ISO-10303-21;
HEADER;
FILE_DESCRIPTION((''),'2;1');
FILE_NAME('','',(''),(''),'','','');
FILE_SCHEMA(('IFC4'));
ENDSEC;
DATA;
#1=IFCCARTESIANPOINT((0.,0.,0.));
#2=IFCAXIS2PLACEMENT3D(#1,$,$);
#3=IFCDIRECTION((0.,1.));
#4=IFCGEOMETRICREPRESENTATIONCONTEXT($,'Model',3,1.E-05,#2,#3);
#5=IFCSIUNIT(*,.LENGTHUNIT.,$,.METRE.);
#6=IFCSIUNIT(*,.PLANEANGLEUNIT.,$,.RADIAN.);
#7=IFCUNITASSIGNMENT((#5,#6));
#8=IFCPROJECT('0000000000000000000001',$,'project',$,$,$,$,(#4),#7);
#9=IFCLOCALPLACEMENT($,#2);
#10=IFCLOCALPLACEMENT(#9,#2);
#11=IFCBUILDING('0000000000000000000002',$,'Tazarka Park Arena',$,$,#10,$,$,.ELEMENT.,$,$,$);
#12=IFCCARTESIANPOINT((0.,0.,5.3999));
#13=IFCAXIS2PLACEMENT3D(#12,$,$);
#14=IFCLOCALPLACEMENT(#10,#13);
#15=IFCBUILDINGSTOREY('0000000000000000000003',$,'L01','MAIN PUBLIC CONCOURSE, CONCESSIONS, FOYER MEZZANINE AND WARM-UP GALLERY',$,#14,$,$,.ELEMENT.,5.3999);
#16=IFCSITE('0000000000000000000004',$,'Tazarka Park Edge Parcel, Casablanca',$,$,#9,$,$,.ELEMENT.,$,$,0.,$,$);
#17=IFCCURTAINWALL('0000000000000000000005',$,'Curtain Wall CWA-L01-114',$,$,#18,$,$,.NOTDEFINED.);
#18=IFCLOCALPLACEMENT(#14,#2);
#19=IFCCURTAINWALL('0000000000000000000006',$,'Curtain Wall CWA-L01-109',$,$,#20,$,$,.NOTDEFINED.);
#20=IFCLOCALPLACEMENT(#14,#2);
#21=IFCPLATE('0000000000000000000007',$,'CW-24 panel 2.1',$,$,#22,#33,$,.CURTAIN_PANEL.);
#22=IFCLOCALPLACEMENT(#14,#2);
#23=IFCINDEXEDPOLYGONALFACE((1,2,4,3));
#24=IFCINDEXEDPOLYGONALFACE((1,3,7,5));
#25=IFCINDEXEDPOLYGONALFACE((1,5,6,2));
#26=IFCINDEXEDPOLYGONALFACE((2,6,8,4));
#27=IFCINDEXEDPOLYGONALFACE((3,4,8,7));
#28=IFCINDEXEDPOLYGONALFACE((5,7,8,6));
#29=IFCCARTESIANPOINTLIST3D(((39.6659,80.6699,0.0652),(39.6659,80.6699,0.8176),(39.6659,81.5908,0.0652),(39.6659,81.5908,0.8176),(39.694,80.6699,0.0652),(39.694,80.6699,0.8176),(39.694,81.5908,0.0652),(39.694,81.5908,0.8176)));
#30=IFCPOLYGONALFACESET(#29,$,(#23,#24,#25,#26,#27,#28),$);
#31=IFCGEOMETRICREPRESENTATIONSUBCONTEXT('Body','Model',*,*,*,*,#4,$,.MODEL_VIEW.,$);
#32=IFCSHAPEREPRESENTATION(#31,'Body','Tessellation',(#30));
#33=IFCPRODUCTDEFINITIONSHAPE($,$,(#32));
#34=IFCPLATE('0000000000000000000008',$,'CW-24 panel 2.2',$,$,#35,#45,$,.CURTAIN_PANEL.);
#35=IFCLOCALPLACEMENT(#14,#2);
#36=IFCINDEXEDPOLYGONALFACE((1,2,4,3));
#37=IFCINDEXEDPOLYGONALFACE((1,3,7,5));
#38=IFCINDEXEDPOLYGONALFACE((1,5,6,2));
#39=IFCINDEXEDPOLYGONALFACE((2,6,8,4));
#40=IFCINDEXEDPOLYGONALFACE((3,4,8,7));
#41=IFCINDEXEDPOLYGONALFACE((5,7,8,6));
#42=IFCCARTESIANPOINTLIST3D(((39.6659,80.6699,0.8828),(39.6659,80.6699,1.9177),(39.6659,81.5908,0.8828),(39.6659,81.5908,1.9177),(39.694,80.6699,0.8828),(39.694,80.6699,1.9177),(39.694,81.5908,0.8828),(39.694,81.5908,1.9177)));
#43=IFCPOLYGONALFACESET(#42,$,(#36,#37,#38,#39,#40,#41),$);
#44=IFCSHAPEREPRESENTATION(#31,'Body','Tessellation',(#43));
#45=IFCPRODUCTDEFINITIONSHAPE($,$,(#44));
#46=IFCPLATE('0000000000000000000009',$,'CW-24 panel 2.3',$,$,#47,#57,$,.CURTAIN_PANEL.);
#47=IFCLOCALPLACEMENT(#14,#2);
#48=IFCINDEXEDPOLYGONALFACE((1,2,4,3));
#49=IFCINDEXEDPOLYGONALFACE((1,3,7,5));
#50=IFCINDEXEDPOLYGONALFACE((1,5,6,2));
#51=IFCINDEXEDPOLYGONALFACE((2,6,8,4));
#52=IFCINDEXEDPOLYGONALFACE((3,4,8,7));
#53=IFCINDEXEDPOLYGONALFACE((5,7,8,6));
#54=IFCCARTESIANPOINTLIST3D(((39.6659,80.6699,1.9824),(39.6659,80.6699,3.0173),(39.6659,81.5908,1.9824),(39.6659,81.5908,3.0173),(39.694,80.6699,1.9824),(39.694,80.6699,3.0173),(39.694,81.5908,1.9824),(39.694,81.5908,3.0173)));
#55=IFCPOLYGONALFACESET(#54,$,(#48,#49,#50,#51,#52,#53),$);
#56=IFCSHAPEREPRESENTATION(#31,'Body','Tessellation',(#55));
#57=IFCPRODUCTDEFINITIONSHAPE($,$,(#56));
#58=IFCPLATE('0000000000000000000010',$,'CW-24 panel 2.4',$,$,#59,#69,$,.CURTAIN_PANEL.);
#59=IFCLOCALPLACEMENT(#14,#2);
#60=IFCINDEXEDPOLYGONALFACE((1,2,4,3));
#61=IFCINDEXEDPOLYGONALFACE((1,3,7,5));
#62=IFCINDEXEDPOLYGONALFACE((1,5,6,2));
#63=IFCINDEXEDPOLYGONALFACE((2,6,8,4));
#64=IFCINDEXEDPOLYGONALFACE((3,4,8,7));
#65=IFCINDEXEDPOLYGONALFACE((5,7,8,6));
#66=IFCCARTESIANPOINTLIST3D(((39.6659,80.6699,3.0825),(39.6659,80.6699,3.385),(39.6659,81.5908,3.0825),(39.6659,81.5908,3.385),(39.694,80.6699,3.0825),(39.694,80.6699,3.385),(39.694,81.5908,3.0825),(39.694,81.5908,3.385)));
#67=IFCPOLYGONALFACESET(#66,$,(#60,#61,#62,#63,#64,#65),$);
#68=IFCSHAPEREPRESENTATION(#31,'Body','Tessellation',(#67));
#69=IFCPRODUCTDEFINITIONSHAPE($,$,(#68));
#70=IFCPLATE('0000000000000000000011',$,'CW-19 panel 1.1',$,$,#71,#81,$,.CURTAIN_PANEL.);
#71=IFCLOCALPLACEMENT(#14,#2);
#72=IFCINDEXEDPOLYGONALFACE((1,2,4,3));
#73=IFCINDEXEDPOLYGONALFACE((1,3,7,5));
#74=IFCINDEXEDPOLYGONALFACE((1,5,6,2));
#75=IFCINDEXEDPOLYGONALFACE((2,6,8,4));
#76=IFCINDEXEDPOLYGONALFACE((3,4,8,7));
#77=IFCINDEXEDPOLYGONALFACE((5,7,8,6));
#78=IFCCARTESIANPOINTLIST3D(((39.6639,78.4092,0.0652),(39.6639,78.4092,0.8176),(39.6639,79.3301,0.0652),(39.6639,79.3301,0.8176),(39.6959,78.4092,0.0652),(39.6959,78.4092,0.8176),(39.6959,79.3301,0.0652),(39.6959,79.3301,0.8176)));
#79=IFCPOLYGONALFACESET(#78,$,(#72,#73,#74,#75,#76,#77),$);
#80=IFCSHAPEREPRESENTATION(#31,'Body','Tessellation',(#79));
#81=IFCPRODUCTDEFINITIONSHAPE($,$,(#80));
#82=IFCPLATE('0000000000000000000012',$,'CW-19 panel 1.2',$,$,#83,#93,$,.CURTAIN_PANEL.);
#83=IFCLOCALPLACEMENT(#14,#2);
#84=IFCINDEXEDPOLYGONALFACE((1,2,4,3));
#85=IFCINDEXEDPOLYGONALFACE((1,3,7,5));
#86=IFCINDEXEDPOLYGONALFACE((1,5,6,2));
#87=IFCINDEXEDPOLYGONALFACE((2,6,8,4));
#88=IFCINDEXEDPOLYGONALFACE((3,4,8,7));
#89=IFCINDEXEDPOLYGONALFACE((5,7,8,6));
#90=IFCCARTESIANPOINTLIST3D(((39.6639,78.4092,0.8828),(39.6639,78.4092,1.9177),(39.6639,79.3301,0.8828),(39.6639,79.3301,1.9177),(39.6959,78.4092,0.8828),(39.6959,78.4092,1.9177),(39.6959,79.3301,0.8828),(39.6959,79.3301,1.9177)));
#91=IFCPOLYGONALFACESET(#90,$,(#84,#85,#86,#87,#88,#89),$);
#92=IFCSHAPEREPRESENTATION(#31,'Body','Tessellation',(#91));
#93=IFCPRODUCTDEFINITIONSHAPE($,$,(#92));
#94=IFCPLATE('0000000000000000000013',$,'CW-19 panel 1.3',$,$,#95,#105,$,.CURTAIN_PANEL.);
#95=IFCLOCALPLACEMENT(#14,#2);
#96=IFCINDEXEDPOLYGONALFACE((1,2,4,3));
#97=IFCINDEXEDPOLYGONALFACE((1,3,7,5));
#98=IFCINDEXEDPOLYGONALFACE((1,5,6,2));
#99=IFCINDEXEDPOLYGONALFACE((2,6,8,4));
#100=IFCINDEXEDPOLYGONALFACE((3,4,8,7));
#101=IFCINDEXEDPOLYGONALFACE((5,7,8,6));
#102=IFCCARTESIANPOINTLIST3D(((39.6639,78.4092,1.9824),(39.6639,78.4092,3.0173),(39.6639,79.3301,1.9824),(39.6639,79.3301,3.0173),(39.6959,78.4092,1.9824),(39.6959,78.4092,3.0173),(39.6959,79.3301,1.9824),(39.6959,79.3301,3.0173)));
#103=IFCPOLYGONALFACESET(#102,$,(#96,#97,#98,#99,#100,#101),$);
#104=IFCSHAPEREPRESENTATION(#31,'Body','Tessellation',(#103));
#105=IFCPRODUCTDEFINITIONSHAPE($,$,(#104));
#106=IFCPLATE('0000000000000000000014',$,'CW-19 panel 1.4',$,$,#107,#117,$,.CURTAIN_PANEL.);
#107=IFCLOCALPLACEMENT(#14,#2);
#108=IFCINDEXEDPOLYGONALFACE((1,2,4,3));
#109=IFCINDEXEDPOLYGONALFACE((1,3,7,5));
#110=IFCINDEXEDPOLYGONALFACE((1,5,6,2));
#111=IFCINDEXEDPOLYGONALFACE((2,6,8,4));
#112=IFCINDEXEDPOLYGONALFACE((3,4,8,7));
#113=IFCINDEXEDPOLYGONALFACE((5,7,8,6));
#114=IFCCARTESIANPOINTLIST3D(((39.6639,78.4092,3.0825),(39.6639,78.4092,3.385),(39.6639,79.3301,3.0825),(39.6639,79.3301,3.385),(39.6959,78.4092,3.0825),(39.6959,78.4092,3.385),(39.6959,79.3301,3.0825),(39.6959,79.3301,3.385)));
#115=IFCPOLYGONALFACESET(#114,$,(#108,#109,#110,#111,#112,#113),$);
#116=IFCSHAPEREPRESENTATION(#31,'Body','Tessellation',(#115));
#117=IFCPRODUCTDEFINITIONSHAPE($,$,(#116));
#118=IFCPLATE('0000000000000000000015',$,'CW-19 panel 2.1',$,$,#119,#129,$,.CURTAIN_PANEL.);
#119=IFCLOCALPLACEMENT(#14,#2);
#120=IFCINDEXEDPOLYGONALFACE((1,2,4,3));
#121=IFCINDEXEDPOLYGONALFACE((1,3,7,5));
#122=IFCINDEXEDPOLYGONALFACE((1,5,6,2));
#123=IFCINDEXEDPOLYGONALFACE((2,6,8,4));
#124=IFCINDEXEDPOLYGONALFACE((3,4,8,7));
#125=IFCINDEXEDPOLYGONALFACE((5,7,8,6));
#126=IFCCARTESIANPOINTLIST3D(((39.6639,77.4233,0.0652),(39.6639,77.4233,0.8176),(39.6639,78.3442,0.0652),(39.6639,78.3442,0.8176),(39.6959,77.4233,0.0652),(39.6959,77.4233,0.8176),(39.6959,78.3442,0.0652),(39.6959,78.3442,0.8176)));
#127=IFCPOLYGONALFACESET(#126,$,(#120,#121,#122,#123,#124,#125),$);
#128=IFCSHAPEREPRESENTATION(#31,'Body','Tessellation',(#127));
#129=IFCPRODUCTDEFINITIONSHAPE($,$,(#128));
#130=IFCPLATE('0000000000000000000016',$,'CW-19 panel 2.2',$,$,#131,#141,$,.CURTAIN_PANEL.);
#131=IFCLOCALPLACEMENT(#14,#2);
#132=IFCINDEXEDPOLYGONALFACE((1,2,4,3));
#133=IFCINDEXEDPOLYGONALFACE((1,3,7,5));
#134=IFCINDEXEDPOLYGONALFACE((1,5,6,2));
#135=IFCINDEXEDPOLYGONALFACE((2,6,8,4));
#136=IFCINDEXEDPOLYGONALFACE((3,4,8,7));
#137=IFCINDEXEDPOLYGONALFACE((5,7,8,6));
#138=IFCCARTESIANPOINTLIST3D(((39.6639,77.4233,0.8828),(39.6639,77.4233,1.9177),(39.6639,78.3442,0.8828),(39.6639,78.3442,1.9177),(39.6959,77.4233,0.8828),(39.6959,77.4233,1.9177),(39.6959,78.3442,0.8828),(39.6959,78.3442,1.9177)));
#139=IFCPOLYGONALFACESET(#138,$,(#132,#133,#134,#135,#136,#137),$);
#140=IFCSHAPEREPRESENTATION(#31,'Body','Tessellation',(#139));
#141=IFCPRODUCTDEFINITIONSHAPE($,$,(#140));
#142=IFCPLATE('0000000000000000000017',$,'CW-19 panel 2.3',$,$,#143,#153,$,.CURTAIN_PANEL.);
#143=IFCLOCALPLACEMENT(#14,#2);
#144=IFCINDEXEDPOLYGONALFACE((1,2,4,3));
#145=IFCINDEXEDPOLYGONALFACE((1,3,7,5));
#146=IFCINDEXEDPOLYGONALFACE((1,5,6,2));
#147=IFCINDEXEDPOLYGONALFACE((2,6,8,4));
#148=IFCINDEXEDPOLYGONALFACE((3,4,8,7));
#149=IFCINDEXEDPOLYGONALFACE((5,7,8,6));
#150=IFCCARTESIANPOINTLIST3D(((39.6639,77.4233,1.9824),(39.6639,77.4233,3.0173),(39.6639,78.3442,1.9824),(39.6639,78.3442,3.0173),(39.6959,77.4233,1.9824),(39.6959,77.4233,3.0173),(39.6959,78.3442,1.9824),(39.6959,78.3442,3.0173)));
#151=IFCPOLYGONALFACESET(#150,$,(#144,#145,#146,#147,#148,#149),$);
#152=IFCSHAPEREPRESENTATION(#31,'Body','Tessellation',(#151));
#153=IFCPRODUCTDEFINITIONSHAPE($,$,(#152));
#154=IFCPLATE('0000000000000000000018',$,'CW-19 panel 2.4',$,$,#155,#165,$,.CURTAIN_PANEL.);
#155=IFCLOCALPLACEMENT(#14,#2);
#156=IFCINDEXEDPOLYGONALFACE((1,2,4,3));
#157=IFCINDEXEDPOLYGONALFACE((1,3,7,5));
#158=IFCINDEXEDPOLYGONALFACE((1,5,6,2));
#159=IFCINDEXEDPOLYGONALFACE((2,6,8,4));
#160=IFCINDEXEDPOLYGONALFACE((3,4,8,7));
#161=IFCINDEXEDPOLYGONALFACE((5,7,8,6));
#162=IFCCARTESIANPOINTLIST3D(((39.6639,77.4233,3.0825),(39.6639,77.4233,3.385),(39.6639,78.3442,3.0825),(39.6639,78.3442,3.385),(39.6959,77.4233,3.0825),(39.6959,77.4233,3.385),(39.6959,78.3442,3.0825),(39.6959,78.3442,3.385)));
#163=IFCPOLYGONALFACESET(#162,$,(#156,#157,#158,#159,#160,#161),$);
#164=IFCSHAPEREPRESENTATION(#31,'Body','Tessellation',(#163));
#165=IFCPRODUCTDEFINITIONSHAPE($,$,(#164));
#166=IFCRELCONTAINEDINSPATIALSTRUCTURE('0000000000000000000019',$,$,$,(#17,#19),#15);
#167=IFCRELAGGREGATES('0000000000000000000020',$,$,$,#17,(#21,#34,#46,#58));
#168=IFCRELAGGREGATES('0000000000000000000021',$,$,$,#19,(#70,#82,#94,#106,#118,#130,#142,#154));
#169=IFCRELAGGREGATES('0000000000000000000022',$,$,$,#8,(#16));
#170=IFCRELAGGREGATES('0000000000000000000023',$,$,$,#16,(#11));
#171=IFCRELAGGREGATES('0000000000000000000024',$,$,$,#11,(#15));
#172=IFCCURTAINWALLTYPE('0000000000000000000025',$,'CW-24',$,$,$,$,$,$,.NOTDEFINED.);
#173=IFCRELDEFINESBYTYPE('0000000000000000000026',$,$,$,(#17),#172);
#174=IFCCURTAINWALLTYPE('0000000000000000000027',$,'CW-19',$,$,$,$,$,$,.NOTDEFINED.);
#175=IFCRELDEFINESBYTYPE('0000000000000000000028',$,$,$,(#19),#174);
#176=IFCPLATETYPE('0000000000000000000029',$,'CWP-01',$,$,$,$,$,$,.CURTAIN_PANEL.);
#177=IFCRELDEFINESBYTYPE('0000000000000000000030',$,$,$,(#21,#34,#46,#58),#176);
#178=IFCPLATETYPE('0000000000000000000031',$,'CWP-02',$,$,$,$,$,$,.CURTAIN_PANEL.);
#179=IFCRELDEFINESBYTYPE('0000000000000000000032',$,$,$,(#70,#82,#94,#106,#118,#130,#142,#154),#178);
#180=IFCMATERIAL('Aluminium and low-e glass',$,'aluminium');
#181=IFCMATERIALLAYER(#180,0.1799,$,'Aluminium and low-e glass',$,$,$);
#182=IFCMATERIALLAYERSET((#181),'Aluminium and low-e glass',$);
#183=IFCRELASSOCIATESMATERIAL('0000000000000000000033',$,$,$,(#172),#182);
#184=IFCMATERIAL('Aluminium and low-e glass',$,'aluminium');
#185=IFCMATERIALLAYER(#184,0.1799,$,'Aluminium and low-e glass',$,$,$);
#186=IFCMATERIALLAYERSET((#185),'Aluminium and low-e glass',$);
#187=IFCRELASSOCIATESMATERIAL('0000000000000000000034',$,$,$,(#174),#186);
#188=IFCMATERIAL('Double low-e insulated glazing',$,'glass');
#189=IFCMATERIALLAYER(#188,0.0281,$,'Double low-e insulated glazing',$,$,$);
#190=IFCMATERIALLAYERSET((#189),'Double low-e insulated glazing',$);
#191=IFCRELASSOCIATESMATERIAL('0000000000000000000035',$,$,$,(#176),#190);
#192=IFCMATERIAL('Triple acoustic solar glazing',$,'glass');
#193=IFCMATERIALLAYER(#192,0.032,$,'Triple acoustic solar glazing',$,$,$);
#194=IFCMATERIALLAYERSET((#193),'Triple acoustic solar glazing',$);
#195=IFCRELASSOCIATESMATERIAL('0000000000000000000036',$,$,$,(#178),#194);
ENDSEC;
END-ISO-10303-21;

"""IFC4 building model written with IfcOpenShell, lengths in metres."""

from ifc_helpers import new_model, si_unit, direction, frame, origin, origin_2d, place, context, subcontext, project, spatial, rectangle, extrude, material, layer, layer_set, type_object, element, aggregate, save


model = new_model("IFC4")

# Units and contexts
model_context = context("Model", 3, precision=1e-05, world=origin(), true_north=direction((0.0, 1.0)))
body_context = subcontext(model_context, "Body", "Model", "MODEL_VIEW")
ifc_project = project(units=[si_unit("LENGTHUNIT", "METRE"), si_unit("PLANEANGLEUNIT", "RADIAN")], contexts=[model_context])

# Site, building, storey
site_placement = place(None, origin())
site = spatial("IfcSite", under=ifc_project, at=site_placement, Name="Tazarka Park Edge Parcel, Casablanca", CompositionType="ELEMENT", RefElevation=0.0)
building_placement = place(site_placement, origin())
building = spatial("IfcBuilding", under=site, at=building_placement, Name="Tazarka Park Arena", CompositionType="ELEMENT")
storey_placement = place(building_placement, frame((0.0, 0.0, 5.3999)))
storey = spatial("IfcBuildingStorey", under=building, at=storey_placement, Name="L01", Description="MAIN PUBLIC CONCOURSE, CONCESSIONS, FOYER MEZZANINE AND WARM-UP GALLERY", CompositionType="ELEMENT", Elevation=5.3999)

# Curtain wall
ifc_material_1 = material(Name="Aluminium and low-e glass", Category="aluminium")
ifc_layer_1 = layer(ifc_material_1, 0.1799, Name="Aluminium and low-e glass")
ifc_layer_set_1 = layer_set([ifc_layer_1], Name="Aluminium and low-e glass")
curtain_wall_type_1 = type_object("IfcCurtainWallType", Name="CW-24", PredefinedType="NOTDEFINED", material=ifc_layer_set_1)
curtain_wall_1_placement = place(storey_placement, origin())
curtain_wall_1 = element("IfcCurtainWall", 1, at=curtain_wall_1_placement, inside=storey, type_object=curtain_wall_type_1, Name="Curtain Wall CWA-L01-114", PredefinedType="NOTDEFINED")

# Curtain wall
ifc_material_2 = material(Name="Aluminium and low-e glass", Category="aluminium")
ifc_layer_2 = layer(ifc_material_2, 0.1799, Name="Aluminium and low-e glass")
ifc_layer_set_2 = layer_set([ifc_layer_2], Name="Aluminium and low-e glass")
curtain_wall_type_2 = type_object("IfcCurtainWallType", Name="CW-19", PredefinedType="NOTDEFINED", material=ifc_layer_set_2)
curtain_wall_2_placement = place(storey_placement, origin())
curtain_wall_2 = element("IfcCurtainWall", 2, at=curtain_wall_2_placement, inside=storey, type_object=curtain_wall_type_2, Name="Curtain Wall CWA-L01-109", PredefinedType="NOTDEFINED")

# Plates
ifc_material_3 = material(Name="Double low-e insulated glazing", Category="glass")
ifc_layer_3 = layer(ifc_material_3, 0.0281, Name="Double low-e insulated glazing")
ifc_layer_set_3 = layer_set([ifc_layer_3], Name="Double low-e insulated glazing")
plate_type_1 = type_object("IfcPlateType", Name="CWP-01", PredefinedType="CURTAIN_PANEL", material=ifc_layer_set_3)
plate_1_placement = place(storey_placement, frame((39.6799, 81.1304, 0.0652), z_axis=(0.0, 0.0, 1.0), x_axis=(0.0, -1.0, 0.0)))
plate_1 = element("IfcPlate", 3, at=plate_1_placement, type_object=plate_type_1, Name="CW-24 panel 2.1", PredefinedType="CURTAIN_PANEL", context=body_context, shape_type="SweptSolid", body=[
    extrude(rectangle(XDim=0.9209, YDim=0.0281, at=origin_2d()), origin(), (0.0, 0.0, 1.0), 0.7524),
])
plate_2_placement = place(storey_placement, frame((39.6799, 81.1304, 0.8828), z_axis=(0.0, 0.0, 1.0), x_axis=(0.0, -1.0, 0.0)))
plate_2 = element("IfcPlate", 4, at=plate_2_placement, type_object=plate_type_1, Name="CW-24 panel 2.2", PredefinedType="CURTAIN_PANEL", context=body_context, shape_type="SweptSolid", body=[
    extrude(rectangle(XDim=0.9209, YDim=0.0281, at=origin_2d()), origin(), (0.0, 0.0, 1.0), 1.0349),
])
plate_3_placement = place(storey_placement, frame((39.6799, 81.1304, 1.9824), z_axis=(0.0, 0.0, 1.0), x_axis=(0.0, -1.0, 0.0)))
plate_3 = element("IfcPlate", 5, at=plate_3_placement, type_object=plate_type_1, Name="CW-24 panel 2.3", PredefinedType="CURTAIN_PANEL", context=body_context, shape_type="SweptSolid", body=[
    extrude(rectangle(XDim=0.9209, YDim=0.0281, at=origin_2d()), origin(), (0.0, 0.0, 1.0), 1.0349),
])
plate_4_placement = place(storey_placement, frame((39.6799, 81.1304, 3.0825), z_axis=(0.0, 0.0, 1.0), x_axis=(0.0, -1.0, 0.0)))
plate_4 = element("IfcPlate", 6, at=plate_4_placement, type_object=plate_type_1, Name="CW-24 panel 2.4", PredefinedType="CURTAIN_PANEL", context=body_context, shape_type="SweptSolid", body=[
    extrude(rectangle(XDim=0.9209, YDim=0.0281, at=origin_2d()), origin(), (0.0, 0.0, 1.0), 0.3025),
])
aggregate(curtain_wall_1, [plate_1, plate_2, plate_3, plate_4])
ifc_material_4 = material(Name="Triple acoustic solar glazing", Category="glass")
ifc_layer_4 = layer(ifc_material_4, 0.032, Name="Triple acoustic solar glazing")
ifc_layer_set_4 = layer_set([ifc_layer_4], Name="Triple acoustic solar glazing")
plate_type_2 = type_object("IfcPlateType", Name="CWP-02", PredefinedType="CURTAIN_PANEL", material=ifc_layer_set_4)
plate_5_placement = place(storey_placement, frame((39.6799, 78.8696, 0.0652), z_axis=(0.0, 0.0, 1.0), x_axis=(0.0, -1.0, 0.0)))
plate_5 = element("IfcPlate", 7, at=plate_5_placement, type_object=plate_type_2, Name="CW-19 panel 1.1", PredefinedType="CURTAIN_PANEL", context=body_context, shape_type="SweptSolid", body=[
    extrude(rectangle(XDim=0.9209, YDim=0.032, at=origin_2d()), origin(), (0.0, 0.0, 1.0), 0.7524),
])
plate_6_placement = place(storey_placement, frame((39.6799, 78.8696, 0.8828), z_axis=(0.0, 0.0, 1.0), x_axis=(0.0, -1.0, 0.0)))
plate_6 = element("IfcPlate", 8, at=plate_6_placement, type_object=plate_type_2, Name="CW-19 panel 1.2", PredefinedType="CURTAIN_PANEL", context=body_context, shape_type="SweptSolid", body=[
    extrude(rectangle(XDim=0.9209, YDim=0.032, at=origin_2d()), origin(), (0.0, 0.0, 1.0), 1.0349),
])
plate_7_placement = place(storey_placement, frame((39.6799, 78.8696, 1.9824), z_axis=(0.0, 0.0, 1.0), x_axis=(0.0, -1.0, 0.0)))
plate_7 = element("IfcPlate", 9, at=plate_7_placement, type_object=plate_type_2, Name="CW-19 panel 1.3", PredefinedType="CURTAIN_PANEL", context=body_context, shape_type="SweptSolid", body=[
    extrude(rectangle(XDim=0.9209, YDim=0.032, at=origin_2d()), origin(), (0.0, 0.0, 1.0), 1.0349),
])
plate_8_placement = place(storey_placement, frame((39.6799, 78.8696, 3.0825), z_axis=(0.0, 0.0, 1.0), x_axis=(0.0, -1.0, 0.0)))
plate_8 = element("IfcPlate", 10, at=plate_8_placement, type_object=plate_type_2, Name="CW-19 panel 1.4", PredefinedType="CURTAIN_PANEL", context=body_context, shape_type="SweptSolid", body=[
    extrude(rectangle(XDim=0.9209, YDim=0.032, at=origin_2d()), origin(), (0.0, 0.0, 1.0), 0.3025),
])
plate_9_placement = place(storey_placement, frame((39.6799, 77.8838, 0.0652), z_axis=(0.0, 0.0, 1.0), x_axis=(0.0, -1.0, 0.0)))
plate_9 = element("IfcPlate", 11, at=plate_9_placement, type_object=plate_type_2, Name="CW-19 panel 2.1", PredefinedType="CURTAIN_PANEL", context=body_context, shape_type="SweptSolid", body=[
    extrude(rectangle(XDim=0.9209, YDim=0.032, at=origin_2d()), origin(), (0.0, 0.0, 1.0), 0.7524),
])
plate_10_placement = place(storey_placement, frame((39.6799, 77.8838, 0.8828), z_axis=(0.0, 0.0, 1.0), x_axis=(0.0, -1.0, 0.0)))
plate_10 = element("IfcPlate", 12, at=plate_10_placement, type_object=plate_type_2, Name="CW-19 panel 2.2", PredefinedType="CURTAIN_PANEL", context=body_context, shape_type="SweptSolid", body=[
    extrude(rectangle(XDim=0.9209, YDim=0.032, at=origin_2d()), origin(), (0.0, 0.0, 1.0), 1.0349),
])
plate_11_placement = place(storey_placement, frame((39.6799, 77.8838, 1.9824), z_axis=(0.0, 0.0, 1.0), x_axis=(0.0, -1.0, 0.0)))
plate_11 = element("IfcPlate", 13, at=plate_11_placement, type_object=plate_type_2, Name="CW-19 panel 2.3", PredefinedType="CURTAIN_PANEL", context=body_context, shape_type="SweptSolid", body=[
    extrude(rectangle(XDim=0.9209, YDim=0.032, at=origin_2d()), origin(), (0.0, 0.0, 1.0), 1.0349),
])
plate_12_placement = place(storey_placement, frame((39.6799, 77.8838, 3.0825), z_axis=(0.0, 0.0, 1.0), x_axis=(0.0, -1.0, 0.0)))
plate_12 = element("IfcPlate", 14, at=plate_12_placement, type_object=plate_type_2, Name="CW-19 panel 2.4", PredefinedType="CURTAIN_PANEL", context=body_context, shape_type="SweptSolid", body=[
    extrude(rectangle(XDim=0.9209, YDim=0.032, at=origin_2d()), origin(), (0.0, 0.0, 1.0), 0.3025),
])
aggregate(curtain_wall_2, [plate_5, plate_6, plate_7, plate_8, plate_9, plate_10, plate_11, plate_12])

save(model, "model.ifc")
